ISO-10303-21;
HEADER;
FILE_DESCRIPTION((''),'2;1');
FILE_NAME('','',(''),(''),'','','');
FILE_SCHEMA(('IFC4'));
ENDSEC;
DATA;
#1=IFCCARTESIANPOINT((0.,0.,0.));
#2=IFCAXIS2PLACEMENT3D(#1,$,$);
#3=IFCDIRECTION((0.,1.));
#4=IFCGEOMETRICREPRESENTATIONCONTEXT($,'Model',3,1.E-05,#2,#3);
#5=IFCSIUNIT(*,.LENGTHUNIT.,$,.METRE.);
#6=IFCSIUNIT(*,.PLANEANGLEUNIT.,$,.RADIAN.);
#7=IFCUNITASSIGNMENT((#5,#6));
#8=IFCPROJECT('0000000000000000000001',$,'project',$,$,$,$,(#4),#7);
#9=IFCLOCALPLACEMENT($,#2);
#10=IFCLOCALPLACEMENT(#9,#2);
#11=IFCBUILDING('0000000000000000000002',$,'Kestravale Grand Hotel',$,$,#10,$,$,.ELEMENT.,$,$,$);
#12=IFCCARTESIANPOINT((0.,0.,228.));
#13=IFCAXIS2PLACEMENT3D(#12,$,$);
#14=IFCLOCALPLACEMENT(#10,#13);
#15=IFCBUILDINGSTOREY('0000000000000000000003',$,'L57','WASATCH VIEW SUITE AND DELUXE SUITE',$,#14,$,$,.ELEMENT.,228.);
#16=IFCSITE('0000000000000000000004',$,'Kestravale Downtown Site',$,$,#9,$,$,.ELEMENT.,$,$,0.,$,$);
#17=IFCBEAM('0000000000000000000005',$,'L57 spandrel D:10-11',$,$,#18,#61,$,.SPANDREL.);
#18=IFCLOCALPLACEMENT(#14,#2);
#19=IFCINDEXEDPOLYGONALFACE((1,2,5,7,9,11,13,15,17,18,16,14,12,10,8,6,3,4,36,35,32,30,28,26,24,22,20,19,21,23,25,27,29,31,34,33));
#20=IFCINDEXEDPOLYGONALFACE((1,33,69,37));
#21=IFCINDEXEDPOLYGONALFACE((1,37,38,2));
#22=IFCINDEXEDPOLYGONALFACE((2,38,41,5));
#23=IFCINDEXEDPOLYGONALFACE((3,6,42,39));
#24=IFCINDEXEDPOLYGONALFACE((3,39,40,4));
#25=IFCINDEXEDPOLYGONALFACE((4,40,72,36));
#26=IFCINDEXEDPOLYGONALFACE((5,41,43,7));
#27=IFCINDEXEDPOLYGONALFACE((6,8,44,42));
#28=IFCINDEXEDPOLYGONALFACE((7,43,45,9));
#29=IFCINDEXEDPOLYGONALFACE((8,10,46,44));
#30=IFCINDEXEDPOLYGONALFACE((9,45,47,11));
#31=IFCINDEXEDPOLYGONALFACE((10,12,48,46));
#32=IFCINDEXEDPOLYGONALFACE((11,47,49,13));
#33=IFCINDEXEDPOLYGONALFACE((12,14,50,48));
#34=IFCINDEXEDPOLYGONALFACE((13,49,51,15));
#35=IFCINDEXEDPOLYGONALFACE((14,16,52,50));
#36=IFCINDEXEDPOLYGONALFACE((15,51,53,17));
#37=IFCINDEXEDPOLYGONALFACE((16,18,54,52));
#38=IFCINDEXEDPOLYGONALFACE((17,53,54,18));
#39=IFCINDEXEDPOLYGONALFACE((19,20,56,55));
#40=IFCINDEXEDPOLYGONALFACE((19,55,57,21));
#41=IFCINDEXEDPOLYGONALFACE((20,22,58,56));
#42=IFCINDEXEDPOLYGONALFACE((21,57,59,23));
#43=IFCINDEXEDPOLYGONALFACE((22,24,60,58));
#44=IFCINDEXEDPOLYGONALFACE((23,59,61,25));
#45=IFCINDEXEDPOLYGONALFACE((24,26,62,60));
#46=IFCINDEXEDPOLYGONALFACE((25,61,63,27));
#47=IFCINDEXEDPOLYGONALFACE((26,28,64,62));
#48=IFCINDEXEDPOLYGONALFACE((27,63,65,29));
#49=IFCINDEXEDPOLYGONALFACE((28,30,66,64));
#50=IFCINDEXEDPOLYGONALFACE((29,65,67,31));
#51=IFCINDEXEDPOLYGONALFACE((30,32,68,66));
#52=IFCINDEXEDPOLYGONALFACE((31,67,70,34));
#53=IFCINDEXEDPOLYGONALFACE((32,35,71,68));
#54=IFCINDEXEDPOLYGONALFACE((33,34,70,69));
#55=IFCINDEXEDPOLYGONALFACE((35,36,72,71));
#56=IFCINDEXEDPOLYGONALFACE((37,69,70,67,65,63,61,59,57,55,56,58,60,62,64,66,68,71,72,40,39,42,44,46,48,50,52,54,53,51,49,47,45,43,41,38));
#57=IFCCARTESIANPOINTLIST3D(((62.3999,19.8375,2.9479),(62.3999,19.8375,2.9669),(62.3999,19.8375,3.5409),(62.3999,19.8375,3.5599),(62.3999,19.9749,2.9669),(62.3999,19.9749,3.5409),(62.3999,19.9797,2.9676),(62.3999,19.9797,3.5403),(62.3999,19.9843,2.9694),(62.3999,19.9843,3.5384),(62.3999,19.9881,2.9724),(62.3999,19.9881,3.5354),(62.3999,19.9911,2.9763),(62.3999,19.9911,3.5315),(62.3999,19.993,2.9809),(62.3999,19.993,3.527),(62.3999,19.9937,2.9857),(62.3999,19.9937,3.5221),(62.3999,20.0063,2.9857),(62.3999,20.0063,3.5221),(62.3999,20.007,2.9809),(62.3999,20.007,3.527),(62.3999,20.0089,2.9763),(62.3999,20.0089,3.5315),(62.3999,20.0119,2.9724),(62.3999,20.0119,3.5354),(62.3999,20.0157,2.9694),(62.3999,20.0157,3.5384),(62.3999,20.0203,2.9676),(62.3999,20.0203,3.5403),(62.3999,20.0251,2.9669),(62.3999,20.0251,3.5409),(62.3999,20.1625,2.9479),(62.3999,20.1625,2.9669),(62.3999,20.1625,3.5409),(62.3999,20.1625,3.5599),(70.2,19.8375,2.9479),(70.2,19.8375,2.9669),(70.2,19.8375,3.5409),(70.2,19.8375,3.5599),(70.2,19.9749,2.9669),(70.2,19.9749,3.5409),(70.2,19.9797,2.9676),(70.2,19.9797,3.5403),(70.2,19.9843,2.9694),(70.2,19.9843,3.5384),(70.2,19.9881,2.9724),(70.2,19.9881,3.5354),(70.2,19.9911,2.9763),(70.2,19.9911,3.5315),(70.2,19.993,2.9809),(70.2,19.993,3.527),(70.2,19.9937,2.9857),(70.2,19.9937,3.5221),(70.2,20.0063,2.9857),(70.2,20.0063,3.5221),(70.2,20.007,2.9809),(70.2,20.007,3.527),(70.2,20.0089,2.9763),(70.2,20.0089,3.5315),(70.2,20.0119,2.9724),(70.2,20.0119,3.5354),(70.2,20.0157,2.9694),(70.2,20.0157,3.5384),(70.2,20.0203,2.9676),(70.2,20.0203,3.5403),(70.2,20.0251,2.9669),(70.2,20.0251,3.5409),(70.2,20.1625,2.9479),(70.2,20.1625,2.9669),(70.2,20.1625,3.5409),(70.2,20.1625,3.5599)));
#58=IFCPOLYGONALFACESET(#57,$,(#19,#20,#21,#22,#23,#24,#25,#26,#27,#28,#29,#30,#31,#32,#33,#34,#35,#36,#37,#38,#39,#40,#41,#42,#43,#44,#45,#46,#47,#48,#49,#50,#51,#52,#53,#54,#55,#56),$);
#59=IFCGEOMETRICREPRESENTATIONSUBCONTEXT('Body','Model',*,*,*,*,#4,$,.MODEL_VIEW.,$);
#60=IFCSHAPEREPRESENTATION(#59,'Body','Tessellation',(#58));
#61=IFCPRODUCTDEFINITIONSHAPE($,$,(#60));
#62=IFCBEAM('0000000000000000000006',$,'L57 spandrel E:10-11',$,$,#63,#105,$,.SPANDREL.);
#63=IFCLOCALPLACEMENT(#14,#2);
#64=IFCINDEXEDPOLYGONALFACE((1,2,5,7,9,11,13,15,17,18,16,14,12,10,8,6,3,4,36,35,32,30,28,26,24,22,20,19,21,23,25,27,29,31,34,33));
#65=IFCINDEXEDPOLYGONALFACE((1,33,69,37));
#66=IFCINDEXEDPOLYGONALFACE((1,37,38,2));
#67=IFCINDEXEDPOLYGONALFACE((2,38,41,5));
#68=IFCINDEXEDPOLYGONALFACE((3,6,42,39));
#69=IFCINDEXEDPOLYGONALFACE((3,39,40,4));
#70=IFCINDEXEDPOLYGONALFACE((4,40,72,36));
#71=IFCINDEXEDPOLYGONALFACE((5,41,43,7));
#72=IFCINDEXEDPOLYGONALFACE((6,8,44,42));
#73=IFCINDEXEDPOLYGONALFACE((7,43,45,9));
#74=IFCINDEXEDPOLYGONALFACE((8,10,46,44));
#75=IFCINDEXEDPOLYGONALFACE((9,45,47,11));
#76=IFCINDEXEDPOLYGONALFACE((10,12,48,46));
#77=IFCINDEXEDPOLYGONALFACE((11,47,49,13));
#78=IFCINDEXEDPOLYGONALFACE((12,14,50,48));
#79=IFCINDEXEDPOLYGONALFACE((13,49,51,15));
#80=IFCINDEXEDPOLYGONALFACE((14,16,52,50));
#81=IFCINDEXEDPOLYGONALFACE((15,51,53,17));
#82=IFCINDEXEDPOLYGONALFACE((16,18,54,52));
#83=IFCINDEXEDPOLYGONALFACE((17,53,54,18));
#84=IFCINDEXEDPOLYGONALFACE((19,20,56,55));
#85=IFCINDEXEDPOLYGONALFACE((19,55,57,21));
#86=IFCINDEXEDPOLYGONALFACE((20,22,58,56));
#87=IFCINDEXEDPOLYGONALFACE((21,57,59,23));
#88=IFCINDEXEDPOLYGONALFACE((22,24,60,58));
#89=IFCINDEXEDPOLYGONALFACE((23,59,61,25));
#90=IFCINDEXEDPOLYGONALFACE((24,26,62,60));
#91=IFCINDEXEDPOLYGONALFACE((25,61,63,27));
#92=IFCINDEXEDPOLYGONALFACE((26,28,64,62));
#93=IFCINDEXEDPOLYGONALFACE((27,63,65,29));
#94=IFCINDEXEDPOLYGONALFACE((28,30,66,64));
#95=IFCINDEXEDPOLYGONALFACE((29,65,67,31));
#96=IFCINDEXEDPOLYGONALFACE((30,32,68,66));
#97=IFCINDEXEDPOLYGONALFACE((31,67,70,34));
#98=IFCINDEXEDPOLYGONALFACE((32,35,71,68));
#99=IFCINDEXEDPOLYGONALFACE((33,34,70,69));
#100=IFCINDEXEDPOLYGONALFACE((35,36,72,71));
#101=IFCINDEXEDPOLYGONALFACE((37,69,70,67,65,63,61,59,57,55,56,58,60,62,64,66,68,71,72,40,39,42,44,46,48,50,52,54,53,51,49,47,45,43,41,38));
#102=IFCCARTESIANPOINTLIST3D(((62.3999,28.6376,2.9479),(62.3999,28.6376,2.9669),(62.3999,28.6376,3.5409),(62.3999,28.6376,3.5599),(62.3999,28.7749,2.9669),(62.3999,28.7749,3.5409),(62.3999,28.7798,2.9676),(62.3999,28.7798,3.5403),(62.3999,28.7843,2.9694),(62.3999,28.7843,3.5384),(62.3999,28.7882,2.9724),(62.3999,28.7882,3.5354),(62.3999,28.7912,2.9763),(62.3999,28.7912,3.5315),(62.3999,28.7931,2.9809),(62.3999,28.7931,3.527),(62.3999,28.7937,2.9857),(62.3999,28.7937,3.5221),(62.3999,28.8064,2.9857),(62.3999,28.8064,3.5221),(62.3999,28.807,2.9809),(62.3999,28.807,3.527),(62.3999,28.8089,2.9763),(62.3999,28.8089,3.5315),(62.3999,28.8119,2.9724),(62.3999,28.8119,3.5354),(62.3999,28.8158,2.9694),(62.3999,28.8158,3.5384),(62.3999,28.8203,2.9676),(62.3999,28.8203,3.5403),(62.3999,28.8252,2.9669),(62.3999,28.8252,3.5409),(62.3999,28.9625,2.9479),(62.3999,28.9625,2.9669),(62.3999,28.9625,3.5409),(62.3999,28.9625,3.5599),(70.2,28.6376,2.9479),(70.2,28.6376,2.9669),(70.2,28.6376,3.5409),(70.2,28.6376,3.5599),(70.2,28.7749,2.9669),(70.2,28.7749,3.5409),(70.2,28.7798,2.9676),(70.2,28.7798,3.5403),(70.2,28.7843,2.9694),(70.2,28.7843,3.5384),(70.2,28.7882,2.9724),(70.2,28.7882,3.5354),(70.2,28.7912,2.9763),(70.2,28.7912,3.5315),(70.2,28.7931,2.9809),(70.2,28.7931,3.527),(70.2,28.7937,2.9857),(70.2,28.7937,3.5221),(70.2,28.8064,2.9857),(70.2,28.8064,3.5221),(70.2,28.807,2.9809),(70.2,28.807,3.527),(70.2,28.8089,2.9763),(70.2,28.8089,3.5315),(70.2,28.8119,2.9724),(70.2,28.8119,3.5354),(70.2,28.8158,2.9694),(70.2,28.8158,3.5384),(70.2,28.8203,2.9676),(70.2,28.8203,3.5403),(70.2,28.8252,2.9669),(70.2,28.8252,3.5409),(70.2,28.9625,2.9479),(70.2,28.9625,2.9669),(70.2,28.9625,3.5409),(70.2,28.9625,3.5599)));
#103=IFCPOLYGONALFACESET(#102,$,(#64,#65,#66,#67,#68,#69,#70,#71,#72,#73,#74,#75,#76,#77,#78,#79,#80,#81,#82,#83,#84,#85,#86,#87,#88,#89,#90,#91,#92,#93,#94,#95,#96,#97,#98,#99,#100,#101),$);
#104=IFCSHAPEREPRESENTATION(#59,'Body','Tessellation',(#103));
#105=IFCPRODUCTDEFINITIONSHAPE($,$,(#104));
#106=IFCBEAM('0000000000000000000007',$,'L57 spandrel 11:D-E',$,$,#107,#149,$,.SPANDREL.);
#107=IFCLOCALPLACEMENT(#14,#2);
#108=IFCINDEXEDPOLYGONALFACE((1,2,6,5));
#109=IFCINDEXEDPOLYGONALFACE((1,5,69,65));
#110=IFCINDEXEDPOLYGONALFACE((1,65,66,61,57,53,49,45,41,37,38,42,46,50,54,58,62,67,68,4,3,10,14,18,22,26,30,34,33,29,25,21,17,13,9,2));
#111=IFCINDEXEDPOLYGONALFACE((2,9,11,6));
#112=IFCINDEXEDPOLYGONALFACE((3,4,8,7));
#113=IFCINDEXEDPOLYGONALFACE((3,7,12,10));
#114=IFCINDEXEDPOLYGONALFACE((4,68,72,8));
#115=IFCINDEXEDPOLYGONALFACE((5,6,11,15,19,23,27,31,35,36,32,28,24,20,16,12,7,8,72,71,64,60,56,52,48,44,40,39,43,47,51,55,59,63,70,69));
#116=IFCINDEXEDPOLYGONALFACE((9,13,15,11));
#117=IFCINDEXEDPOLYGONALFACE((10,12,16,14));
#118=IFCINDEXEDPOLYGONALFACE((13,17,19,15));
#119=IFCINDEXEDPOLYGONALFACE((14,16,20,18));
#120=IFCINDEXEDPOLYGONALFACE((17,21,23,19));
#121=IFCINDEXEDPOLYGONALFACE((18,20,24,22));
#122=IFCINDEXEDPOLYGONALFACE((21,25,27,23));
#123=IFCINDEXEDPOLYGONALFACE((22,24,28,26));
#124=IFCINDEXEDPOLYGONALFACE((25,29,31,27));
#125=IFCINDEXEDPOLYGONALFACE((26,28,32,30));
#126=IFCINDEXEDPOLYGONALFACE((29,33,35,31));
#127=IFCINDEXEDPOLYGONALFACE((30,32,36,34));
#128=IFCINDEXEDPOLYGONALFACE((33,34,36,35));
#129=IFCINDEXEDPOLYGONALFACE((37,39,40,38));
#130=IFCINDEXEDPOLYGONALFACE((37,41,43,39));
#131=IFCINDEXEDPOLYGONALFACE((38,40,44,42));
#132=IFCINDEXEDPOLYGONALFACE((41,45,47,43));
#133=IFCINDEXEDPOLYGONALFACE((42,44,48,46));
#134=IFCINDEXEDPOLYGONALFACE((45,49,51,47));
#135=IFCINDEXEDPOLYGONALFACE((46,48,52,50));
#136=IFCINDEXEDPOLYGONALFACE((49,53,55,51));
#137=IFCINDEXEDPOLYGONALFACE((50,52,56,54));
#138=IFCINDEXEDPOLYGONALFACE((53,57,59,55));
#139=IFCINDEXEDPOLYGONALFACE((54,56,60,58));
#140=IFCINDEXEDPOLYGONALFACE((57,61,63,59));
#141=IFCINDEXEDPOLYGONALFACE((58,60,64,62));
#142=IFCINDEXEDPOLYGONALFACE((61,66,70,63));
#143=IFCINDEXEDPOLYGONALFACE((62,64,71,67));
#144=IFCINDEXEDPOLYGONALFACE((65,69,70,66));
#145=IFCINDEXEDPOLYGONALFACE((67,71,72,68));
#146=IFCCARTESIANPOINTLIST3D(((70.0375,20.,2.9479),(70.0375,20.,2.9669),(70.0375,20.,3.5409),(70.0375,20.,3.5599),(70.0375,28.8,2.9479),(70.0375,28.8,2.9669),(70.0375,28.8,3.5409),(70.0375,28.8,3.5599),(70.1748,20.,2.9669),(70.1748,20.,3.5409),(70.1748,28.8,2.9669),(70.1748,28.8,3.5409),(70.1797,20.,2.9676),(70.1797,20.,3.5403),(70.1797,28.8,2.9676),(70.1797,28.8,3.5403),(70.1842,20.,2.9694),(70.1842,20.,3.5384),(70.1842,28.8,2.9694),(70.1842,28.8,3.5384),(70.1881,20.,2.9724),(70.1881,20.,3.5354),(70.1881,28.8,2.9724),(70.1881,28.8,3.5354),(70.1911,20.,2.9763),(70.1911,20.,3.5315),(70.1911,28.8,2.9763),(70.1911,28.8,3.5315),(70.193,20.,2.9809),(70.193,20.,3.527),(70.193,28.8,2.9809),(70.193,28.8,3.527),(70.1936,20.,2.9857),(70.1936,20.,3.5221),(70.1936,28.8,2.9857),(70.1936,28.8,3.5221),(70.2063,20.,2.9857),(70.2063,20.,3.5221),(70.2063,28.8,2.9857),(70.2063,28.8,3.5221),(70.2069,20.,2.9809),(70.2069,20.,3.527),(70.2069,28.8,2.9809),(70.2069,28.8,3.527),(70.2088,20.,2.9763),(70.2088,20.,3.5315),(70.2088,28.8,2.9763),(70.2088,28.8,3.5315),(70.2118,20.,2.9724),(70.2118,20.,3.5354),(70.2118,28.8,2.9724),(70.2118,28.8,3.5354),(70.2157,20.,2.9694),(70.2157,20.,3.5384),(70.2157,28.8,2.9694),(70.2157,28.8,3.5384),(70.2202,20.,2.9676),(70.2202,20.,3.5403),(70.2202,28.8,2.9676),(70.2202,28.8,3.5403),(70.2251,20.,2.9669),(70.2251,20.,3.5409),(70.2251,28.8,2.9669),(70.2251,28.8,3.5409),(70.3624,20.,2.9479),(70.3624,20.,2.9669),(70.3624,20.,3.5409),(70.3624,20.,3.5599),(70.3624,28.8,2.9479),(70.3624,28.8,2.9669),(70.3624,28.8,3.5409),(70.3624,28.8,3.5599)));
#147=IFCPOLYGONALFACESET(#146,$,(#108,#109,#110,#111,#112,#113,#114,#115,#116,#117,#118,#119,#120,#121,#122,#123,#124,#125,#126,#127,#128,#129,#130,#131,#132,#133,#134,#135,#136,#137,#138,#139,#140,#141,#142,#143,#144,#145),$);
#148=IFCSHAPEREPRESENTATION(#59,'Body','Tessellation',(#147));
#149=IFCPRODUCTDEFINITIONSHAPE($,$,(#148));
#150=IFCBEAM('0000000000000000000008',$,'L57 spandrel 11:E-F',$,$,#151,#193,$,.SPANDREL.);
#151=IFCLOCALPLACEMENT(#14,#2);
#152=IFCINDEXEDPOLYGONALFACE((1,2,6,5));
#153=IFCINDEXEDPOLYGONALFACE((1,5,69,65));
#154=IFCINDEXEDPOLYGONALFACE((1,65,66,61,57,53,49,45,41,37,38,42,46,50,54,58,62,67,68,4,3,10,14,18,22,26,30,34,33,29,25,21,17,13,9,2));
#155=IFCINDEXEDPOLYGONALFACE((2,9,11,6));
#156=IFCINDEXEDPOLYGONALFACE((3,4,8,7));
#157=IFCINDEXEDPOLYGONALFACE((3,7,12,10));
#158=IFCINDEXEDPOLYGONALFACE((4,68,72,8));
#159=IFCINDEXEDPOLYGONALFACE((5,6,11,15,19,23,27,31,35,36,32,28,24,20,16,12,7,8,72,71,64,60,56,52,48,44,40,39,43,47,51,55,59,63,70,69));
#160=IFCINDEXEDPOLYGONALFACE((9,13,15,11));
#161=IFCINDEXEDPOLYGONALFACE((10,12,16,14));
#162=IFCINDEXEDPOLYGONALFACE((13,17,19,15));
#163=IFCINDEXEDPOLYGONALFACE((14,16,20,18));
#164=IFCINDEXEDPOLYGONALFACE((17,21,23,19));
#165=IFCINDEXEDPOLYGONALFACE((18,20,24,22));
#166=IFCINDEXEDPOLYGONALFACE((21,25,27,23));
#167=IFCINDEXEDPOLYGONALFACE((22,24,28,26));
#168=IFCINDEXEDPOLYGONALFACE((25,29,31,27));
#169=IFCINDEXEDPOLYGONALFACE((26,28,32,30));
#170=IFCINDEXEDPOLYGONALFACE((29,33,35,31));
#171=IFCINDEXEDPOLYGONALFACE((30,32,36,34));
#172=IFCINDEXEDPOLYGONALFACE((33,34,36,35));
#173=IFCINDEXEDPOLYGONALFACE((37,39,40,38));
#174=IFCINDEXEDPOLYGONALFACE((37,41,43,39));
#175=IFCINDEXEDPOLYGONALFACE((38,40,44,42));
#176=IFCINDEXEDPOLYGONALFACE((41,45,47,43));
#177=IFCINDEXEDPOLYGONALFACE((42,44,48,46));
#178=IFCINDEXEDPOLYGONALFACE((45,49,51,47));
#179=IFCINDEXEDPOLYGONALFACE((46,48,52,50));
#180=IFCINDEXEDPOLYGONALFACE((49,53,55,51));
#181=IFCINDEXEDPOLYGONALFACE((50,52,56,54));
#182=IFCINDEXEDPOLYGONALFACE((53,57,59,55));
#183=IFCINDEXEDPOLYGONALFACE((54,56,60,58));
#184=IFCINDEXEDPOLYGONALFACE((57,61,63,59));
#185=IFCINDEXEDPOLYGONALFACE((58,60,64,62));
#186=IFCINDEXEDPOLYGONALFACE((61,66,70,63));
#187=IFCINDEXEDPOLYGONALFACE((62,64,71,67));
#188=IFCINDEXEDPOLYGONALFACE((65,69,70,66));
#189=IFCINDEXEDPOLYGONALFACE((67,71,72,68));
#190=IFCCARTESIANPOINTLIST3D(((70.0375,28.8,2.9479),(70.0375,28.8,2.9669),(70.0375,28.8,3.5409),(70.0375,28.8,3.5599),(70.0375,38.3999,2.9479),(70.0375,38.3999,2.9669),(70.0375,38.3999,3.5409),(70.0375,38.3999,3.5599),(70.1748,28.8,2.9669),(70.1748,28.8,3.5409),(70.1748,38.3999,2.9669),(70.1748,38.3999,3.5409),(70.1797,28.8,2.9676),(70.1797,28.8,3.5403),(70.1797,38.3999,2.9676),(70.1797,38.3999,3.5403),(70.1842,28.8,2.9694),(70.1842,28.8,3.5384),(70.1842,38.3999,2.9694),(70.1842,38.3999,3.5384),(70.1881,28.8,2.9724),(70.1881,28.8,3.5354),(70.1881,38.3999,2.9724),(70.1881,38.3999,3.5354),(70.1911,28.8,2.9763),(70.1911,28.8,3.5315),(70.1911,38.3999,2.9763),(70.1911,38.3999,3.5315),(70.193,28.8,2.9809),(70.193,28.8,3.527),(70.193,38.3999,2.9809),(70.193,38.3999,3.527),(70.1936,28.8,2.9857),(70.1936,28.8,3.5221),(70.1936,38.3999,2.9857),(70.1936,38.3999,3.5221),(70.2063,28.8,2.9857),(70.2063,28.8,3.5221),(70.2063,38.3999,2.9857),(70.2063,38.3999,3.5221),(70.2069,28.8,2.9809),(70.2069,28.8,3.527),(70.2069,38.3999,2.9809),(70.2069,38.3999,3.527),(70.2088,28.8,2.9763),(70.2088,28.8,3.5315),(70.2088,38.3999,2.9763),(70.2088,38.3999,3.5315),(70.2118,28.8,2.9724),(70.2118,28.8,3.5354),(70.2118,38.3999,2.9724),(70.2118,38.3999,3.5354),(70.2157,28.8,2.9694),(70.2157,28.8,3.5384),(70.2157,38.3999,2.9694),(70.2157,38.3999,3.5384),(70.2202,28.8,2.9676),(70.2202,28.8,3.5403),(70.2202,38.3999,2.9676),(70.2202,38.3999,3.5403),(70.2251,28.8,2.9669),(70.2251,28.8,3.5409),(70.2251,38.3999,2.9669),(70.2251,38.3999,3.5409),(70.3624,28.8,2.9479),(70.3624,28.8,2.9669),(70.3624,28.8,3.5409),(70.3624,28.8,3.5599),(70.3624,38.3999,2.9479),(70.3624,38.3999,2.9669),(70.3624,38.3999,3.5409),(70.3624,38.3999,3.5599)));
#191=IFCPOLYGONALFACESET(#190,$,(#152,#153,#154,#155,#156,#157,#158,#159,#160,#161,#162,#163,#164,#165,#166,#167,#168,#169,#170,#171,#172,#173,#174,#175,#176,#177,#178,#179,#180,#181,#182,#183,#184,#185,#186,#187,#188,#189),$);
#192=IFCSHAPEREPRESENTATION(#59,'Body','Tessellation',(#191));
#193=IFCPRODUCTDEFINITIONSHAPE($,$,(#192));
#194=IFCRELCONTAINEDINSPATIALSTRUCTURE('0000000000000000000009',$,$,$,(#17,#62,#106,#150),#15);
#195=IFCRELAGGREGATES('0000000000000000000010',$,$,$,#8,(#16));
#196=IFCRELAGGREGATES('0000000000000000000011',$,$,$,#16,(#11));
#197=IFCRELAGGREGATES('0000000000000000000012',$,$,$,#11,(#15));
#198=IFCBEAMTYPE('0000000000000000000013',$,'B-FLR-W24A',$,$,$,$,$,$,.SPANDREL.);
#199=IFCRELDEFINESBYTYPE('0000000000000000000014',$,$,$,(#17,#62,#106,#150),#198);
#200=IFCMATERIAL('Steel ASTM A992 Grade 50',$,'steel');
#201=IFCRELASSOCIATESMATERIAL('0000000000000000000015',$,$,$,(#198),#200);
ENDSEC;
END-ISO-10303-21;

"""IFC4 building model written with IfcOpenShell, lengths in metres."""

from ifc_helpers import new_model, si_unit, direction, frame, origin, origin_2d, place, context, subcontext, project, spatial, i_section, extrude, material, material_profile, profile_set, type_object, element, save


model = new_model("IFC4")

# Units and contexts
model_context = context("Model", 3, precision=1e-05, world=origin(), true_north=direction((0.0, 1.0)))
body_context = subcontext(model_context, "Body", "Model", "MODEL_VIEW")
ifc_project = project(units=[si_unit("LENGTHUNIT", "METRE"), si_unit("PLANEANGLEUNIT", "RADIAN")], contexts=[model_context])

# Site, building, storey
site_placement = place(None, origin())
site = spatial("IfcSite", under=ifc_project, at=site_placement, Name="Kestravale Downtown Site", CompositionType="ELEMENT", RefElevation=0.0)
building_placement = place(site_placement, origin())
building = spatial("IfcBuilding", under=site, at=building_placement, Name="Kestravale Grand Hotel", CompositionType="ELEMENT")
storey_placement = place(building_placement, frame((0.0, 0.0, 228.0)))
storey = spatial("IfcBuildingStorey", under=building, at=storey_placement, Name="L57", Description="WASATCH VIEW SUITE AND DELUXE SUITE", CompositionType="ELEMENT", Elevation=228.0)

# Beams
ifc_material_1 = material(Name="Steel ASTM A992 Grade 50", Category="steel")
ifc_material_profile_1 = material_profile(ifc_material_1, i_section(OverallWidth=0.325, OverallDepth=0.6121, WebThickness=0.0127, FlangeThickness=0.019, FilletRadius=0.0188, at=origin_2d()))
ifc_profile_set_1 = profile_set([ifc_material_profile_1], Name="Steel ASTM A992 Grade 50")
beam_type_1 = type_object("IfcBeamType", Name="B-FLR-W24A", PredefinedType="SPANDREL", material=ifc_profile_set_1)
for number, where, z_axis, x_axis, name in (
    (1, (62.3999, 20.0, 3.2539), (1.0, 0.0, 0.0), (0.0, 1.0, 0.0), "L57 spandrel D:10-11"),
    (2, (62.3999, 28.8, 3.2539), (1.0, 0.0, 0.0), (0.0, 1.0, 0.0), "L57 spandrel E:10-11"),
):
    element("IfcBeam", number, at=place(storey_placement, frame(where, z_axis=z_axis, x_axis=x_axis)), inside=storey, type_object=beam_type_1, Name=name, PredefinedType="SPANDREL", context=body_context, shape_type="SweptSolid", body=[
        extrude(i_section(OverallWidth=0.325, OverallDepth=0.6121, WebThickness=0.0127, FlangeThickness=0.019, FilletRadius=0.0188, at=origin_2d()), origin(), (0.0, 0.0, 1.0), 7.8),
    ])
beam_1_placement = place(storey_placement, frame((70.2, 20.0, 3.2539), z_axis=(0.0, 1.0, 0.0), x_axis=(-1.0, 0.0, 0.0)))
element("IfcBeam", 3, at=beam_1_placement, inside=storey, type_object=beam_type_1, Name="L57 spandrel 11:D-E", PredefinedType="SPANDREL", context=body_context, shape_type="SweptSolid", body=[
    extrude(i_section(OverallWidth=0.325, OverallDepth=0.6121, WebThickness=0.0127, FlangeThickness=0.019, FilletRadius=0.0188, at=origin_2d()), origin(), (0.0, 0.0, 1.0), 8.8),
])
beam_2_placement = place(storey_placement, frame((70.2, 28.8, 3.2539), z_axis=(0.0, 1.0, 0.0), x_axis=(-1.0, 0.0, 0.0)))
element("IfcBeam", 4, at=beam_2_placement, inside=storey, type_object=beam_type_1, Name="L57 spandrel 11:E-F", PredefinedType="SPANDREL", context=body_context, shape_type="SweptSolid", body=[
    extrude(i_section(OverallWidth=0.325, OverallDepth=0.6121, WebThickness=0.0127, FlangeThickness=0.019, FilletRadius=0.0188, at=origin_2d()), origin(), (0.0, 0.0, 1.0), 9.5999),
])

save(model, "model.ifc")
